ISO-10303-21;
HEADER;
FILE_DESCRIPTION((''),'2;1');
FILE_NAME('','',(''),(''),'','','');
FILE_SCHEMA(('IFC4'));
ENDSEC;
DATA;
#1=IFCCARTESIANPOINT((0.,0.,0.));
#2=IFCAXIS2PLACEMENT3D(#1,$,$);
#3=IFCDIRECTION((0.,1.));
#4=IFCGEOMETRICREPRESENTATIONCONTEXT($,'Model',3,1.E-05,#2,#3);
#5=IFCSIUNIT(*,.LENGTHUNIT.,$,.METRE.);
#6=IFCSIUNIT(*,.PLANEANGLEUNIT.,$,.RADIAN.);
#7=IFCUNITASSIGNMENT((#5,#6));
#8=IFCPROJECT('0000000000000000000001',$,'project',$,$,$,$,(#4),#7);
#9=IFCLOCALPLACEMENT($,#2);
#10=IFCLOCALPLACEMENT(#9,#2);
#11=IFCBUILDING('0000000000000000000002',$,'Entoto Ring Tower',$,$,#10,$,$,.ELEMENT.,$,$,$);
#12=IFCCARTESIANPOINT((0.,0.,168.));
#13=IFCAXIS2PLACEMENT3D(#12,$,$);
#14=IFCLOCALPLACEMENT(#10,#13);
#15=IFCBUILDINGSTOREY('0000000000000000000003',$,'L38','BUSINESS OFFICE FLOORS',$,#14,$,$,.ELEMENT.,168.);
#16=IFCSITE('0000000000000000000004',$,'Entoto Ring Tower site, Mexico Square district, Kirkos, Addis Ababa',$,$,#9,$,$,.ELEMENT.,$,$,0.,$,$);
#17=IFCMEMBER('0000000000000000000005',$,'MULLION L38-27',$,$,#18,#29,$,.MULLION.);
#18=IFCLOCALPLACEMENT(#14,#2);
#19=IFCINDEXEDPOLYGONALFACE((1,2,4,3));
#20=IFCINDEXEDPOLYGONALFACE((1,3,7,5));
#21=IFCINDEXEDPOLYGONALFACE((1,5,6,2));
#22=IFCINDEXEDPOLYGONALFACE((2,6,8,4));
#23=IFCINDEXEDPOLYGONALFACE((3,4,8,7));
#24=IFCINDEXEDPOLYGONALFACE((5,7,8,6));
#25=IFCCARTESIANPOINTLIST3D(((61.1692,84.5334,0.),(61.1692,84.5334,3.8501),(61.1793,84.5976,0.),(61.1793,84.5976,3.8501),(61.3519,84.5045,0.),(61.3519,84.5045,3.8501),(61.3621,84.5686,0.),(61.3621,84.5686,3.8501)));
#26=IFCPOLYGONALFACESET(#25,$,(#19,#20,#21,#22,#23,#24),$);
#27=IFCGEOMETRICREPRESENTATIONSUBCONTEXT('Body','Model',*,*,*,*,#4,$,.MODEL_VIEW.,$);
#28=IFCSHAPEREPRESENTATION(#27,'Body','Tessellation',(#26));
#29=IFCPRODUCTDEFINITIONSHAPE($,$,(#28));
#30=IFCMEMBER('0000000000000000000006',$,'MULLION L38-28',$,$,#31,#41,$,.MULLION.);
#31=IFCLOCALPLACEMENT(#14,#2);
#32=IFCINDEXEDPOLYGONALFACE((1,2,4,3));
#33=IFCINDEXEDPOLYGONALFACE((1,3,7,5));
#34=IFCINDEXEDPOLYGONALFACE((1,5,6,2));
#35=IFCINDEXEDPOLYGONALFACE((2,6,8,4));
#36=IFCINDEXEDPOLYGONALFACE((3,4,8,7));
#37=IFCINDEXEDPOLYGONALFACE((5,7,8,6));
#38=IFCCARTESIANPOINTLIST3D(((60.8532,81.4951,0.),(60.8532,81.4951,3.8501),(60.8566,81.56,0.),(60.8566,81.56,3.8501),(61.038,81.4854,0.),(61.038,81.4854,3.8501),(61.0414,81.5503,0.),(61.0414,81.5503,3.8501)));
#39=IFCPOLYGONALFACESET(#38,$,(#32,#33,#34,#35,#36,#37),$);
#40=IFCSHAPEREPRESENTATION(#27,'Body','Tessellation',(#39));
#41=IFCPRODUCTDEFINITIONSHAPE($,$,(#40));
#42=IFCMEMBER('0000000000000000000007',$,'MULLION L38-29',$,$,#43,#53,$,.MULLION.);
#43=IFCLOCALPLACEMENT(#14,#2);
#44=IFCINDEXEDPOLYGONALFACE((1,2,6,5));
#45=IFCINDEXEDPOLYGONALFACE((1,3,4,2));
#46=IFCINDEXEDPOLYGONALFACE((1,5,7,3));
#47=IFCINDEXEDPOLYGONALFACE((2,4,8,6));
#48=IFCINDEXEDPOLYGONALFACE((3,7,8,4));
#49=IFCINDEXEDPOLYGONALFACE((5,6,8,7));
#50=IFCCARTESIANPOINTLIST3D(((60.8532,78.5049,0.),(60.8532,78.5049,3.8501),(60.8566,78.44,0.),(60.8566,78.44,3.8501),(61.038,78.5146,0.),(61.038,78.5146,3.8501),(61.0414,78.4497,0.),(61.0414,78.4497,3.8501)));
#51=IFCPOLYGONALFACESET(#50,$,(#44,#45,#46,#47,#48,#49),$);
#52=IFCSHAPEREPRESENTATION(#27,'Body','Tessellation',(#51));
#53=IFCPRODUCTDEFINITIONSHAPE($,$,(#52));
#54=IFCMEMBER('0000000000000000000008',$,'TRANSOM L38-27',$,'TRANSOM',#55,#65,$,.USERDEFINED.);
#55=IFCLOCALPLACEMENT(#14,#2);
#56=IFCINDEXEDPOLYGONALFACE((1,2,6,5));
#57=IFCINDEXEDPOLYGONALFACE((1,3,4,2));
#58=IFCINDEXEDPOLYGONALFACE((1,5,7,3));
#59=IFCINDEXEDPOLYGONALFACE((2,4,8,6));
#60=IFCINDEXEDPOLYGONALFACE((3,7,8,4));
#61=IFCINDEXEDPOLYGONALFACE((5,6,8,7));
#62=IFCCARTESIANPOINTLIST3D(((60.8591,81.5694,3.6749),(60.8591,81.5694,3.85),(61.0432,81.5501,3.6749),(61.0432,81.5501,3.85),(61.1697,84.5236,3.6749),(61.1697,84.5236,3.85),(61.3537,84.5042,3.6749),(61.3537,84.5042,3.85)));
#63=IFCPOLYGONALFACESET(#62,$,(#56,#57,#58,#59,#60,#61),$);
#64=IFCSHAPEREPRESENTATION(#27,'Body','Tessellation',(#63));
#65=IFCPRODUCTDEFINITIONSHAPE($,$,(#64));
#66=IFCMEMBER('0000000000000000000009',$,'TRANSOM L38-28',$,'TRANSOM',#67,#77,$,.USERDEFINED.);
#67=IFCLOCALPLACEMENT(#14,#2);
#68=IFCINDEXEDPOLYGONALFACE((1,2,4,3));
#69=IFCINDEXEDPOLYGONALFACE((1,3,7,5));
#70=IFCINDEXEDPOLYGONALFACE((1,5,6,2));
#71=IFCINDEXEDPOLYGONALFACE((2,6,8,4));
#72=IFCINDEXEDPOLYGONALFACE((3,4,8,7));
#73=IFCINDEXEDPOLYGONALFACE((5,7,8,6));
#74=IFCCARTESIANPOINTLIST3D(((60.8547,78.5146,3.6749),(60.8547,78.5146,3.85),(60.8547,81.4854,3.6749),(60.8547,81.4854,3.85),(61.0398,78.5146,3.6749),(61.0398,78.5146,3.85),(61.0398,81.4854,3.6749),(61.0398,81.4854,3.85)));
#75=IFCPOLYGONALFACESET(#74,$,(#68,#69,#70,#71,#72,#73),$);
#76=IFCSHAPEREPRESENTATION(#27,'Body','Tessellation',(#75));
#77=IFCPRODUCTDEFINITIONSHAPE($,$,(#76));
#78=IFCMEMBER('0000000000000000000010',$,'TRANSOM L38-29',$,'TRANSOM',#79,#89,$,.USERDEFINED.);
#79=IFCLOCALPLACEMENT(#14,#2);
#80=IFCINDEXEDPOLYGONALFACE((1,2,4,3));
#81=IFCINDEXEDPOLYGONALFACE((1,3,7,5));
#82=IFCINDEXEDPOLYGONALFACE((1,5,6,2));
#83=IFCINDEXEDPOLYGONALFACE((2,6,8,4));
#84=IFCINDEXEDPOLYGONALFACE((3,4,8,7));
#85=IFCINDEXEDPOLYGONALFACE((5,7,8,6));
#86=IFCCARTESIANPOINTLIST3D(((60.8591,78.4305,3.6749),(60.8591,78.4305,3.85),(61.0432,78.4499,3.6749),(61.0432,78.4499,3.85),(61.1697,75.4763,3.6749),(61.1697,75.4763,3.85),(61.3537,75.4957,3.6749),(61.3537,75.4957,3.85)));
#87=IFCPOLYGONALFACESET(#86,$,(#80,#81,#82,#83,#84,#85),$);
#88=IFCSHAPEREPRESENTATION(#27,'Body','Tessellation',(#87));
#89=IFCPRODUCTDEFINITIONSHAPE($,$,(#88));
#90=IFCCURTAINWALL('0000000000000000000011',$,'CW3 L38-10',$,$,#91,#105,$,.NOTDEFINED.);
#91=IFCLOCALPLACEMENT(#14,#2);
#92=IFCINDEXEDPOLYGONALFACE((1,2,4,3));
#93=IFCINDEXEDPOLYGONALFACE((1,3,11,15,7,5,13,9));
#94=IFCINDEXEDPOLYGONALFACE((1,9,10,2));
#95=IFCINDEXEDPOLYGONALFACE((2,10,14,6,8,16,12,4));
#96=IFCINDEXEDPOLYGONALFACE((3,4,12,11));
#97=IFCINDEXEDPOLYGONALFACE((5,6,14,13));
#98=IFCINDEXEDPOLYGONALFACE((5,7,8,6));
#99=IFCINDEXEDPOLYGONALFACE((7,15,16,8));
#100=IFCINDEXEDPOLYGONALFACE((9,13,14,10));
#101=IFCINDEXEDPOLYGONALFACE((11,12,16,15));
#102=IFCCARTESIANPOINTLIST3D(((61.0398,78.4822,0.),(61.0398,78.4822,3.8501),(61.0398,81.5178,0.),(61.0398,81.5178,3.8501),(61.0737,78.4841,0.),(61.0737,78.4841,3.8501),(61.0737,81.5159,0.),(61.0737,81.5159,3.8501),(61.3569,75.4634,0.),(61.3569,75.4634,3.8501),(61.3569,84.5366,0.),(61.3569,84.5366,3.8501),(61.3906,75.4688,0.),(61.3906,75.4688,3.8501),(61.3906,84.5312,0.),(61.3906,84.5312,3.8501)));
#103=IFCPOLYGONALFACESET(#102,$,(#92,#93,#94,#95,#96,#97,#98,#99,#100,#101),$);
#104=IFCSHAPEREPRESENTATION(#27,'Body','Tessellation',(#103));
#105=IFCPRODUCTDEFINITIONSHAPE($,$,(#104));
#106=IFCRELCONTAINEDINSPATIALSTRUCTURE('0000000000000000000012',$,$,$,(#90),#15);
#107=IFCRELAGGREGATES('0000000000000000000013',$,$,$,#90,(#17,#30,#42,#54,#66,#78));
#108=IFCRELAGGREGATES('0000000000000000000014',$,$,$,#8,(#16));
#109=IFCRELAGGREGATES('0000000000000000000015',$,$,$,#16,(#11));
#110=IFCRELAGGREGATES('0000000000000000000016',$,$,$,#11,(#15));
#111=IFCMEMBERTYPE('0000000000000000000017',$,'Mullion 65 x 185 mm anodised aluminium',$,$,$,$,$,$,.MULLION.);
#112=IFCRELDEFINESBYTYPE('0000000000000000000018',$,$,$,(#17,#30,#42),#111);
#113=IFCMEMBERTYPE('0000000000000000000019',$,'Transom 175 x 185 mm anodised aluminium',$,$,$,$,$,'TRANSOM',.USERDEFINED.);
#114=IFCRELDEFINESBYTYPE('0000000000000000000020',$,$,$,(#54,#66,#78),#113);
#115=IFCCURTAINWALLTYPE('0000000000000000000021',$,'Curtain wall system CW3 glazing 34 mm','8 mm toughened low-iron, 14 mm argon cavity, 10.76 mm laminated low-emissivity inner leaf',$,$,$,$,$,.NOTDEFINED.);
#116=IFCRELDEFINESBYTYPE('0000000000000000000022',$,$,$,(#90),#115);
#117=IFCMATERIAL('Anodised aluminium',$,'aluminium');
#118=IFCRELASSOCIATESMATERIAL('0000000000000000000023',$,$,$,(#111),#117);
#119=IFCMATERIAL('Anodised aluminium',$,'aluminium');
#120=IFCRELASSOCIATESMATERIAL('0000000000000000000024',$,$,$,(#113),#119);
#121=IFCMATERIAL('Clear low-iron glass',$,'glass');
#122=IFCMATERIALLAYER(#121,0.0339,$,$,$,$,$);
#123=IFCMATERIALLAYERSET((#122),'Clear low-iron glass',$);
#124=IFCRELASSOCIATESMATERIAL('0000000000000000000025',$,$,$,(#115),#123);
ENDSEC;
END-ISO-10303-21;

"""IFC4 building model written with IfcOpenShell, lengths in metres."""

from ifc_helpers import new_model, si_unit, direction, frame, origin, origin_2d, place, context, subcontext, project, spatial, polyline, rectangle, outline, extrude, material, layer, layer_set, material_profile, profile_set, type_object, element, aggregate, save


model = new_model("IFC4")

# Units and contexts
model_context = context("Model", 3, precision=1e-05, world=origin(), true_north=direction((0.0, 1.0)))
body_context = subcontext(model_context, "Body", "Model", "MODEL_VIEW")
ifc_project = project(units=[si_unit("LENGTHUNIT", "METRE"), si_unit("PLANEANGLEUNIT", "RADIAN")], contexts=[model_context])

# Members
ifc_material_1 = material(Name="Anodised aluminium", Category="aluminium")
ifc_material_profile_1 = material_profile(ifc_material_1, rectangle(XDim=0.0649, YDim=0.1851, at=origin_2d()), Name="Mullion 65 x 185 mm anodised aluminium")
ifc_profile_set_1 = profile_set([ifc_material_profile_1], Name="Anodised aluminium")
member_type_1 = type_object("IfcMemberType", Name="Mullion 65 x 185 mm anodised aluminium", PredefinedType="MULLION", material=ifc_profile_set_1)
site_placement = place(None, origin())
building_placement = place(site_placement, origin())
storey_placement = place(building_placement, frame((0.0, 0.0, 168.0)))
member_1_placement = place(storey_placement, frame((61.2656, 84.551, 0.0), z_axis=(0.0, 0.0, 1.0), x_axis=(-0.156434, -0.987688, 0.0)))
member_1 = element("IfcMember", 1, at=member_1_placement, type_object=member_type_1, Name="MULLION L38-27", PredefinedType="MULLION", context=body_context, shape_type="SweptSolid", body=[
    extrude(rectangle(XDim=0.0649, YDim=0.1851, at=origin_2d()), origin(), (0.0, 0.0, 1.0), 3.8501),
])
member_2_placement = place(storey_placement, frame((60.9473, 81.5227, 0.0), z_axis=(0.0, 0.0, 1.0), x_axis=(-0.052336, -0.99863, 0.0)))
member_2 = element("IfcMember", 2, at=member_2_placement, type_object=member_type_1, Name="MULLION L38-28", PredefinedType="MULLION", context=body_context, shape_type="SweptSolid", body=[
    extrude(rectangle(XDim=0.0649, YDim=0.1851, at=origin_2d()), origin(), (0.0, 0.0, 1.0), 3.8501),
])
member_3_placement = place(storey_placement, frame((60.9473, 78.4773, 0.0), z_axis=(0.0, 0.0, 1.0), x_axis=(0.052336, -0.99863, 0.0)))
member_3 = element("IfcMember", 3, at=member_3_placement, type_object=member_type_1, Name="MULLION L38-29", PredefinedType="MULLION", context=body_context, shape_type="SweptSolid", body=[
    extrude(rectangle(XDim=0.0649, YDim=0.1851, at=origin_2d()), origin(), (0.0, 0.0, 1.0), 3.8501),
])
ifc_material_2 = material(Name="Anodised aluminium", Category="aluminium")
ifc_material_profile_2 = material_profile(ifc_material_2, rectangle(XDim=0.1851, YDim=0.175, at=origin_2d()), Name="Transom 175 x 185 mm anodised aluminium")
ifc_profile_set_2 = profile_set([ifc_material_profile_2], Name="Anodised aluminium")
member_type_2 = type_object("IfcMemberType", Name="Transom 175 x 185 mm anodised aluminium", ElementType="TRANSOM", PredefinedType="USERDEFINED", material=ifc_profile_set_2)
member_4_placement = place(storey_placement, frame((61.2617, 84.5139, 3.7625), z_axis=(-0.104548, -0.99452, 0.0), x_axis=(0.99452, -0.104548, 0.0)))
member_4 = element("IfcMember", 4, at=member_4_placement, type_object=member_type_2, Name="TRANSOM L38-27", ObjectType="TRANSOM", PredefinedType="USERDEFINED", context=body_context, shape_type="SweptSolid", body=[
    extrude(rectangle(XDim=0.1851, YDim=0.175, at=origin_2d()), origin(), (0.0, 0.0, 1.0), 2.9705),
])
member_5_placement = place(storey_placement, frame((60.9473, 81.4854, 3.7625), z_axis=(0.0, -1.0, 0.0), x_axis=(1.0, 0.0, 0.0)))
member_5 = element("IfcMember", 5, at=member_5_placement, type_object=member_type_2, Name="TRANSOM L38-28", ObjectType="TRANSOM", PredefinedType="USERDEFINED", context=body_context, shape_type="SweptSolid", body=[
    extrude(rectangle(XDim=0.1851, YDim=0.175, at=origin_2d()), origin(), (0.0, 0.0, 1.0), 2.9707),
])
member_6_placement = place(storey_placement, frame((60.9512, 78.4402, 3.7625), z_axis=(0.104548, -0.99452, 0.0), x_axis=(0.99452, 0.104548, 0.0)))
member_6 = element("IfcMember", 6, at=member_6_placement, type_object=member_type_2, Name="TRANSOM L38-29", ObjectType="TRANSOM", PredefinedType="USERDEFINED", context=body_context, shape_type="SweptSolid", body=[
    extrude(rectangle(XDim=0.1851, YDim=0.175, at=origin_2d()), origin(), (0.0, 0.0, 1.0), 2.9705),
])

# Site, building, storey
site = spatial("IfcSite", under=ifc_project, at=site_placement, Name="Entoto Ring Tower site, Mexico Square district, Kirkos, Addis Ababa", CompositionType="ELEMENT", RefElevation=0.0)
building = spatial("IfcBuilding", under=site, at=building_placement, Name="Entoto Ring Tower", CompositionType="ELEMENT")
storey = spatial("IfcBuildingStorey", under=building, at=storey_placement, Name="L38", Description="BUSINESS OFFICE FLOORS", CompositionType="ELEMENT", Elevation=168.0)

# Curtain wall
ifc_material_3 = material(Name="Clear low-iron glass", Category="glass")
ifc_layer = layer(ifc_material_3, 0.0339)
ifc_layer_set = layer_set([ifc_layer], Name="Clear low-iron glass")
curtain_wall_type = type_object("IfcCurtainWallType", Name="Curtain wall system CW3 glazing 34 mm", Description="8 mm toughened low-iron, 14 mm argon cavity, 10.76 mm laminated low-emissivity inner leaf", PredefinedType="NOTDEFINED", material=ifc_layer_set)
curtain_wall_1_placement = place(storey_placement, origin())
curtain_wall_1 = element("IfcCurtainWall", 7, at=curtain_wall_1_placement, inside=storey, type_object=curtain_wall_type, Name="CW3 L38-10", PredefinedType="NOTDEFINED", context=body_context, shape_type="SweptSolid", body=[
    extrude(outline(polyline([(61.3569, 84.5366), (61.0398, 81.5178), (61.0398, 78.4822), (61.3569, 75.4634), (61.3906, 75.4688), (61.0737, 78.4841), (61.0737, 81.5159), (61.3906, 84.5312), (61.3569, 84.5366)])), origin(), (0.0, 0.0, 1.0), 3.8501),
])
aggregate(curtain_wall_1, [member_1, member_2, member_3, member_4, member_5, member_6])

save(model, "model.ifc")
